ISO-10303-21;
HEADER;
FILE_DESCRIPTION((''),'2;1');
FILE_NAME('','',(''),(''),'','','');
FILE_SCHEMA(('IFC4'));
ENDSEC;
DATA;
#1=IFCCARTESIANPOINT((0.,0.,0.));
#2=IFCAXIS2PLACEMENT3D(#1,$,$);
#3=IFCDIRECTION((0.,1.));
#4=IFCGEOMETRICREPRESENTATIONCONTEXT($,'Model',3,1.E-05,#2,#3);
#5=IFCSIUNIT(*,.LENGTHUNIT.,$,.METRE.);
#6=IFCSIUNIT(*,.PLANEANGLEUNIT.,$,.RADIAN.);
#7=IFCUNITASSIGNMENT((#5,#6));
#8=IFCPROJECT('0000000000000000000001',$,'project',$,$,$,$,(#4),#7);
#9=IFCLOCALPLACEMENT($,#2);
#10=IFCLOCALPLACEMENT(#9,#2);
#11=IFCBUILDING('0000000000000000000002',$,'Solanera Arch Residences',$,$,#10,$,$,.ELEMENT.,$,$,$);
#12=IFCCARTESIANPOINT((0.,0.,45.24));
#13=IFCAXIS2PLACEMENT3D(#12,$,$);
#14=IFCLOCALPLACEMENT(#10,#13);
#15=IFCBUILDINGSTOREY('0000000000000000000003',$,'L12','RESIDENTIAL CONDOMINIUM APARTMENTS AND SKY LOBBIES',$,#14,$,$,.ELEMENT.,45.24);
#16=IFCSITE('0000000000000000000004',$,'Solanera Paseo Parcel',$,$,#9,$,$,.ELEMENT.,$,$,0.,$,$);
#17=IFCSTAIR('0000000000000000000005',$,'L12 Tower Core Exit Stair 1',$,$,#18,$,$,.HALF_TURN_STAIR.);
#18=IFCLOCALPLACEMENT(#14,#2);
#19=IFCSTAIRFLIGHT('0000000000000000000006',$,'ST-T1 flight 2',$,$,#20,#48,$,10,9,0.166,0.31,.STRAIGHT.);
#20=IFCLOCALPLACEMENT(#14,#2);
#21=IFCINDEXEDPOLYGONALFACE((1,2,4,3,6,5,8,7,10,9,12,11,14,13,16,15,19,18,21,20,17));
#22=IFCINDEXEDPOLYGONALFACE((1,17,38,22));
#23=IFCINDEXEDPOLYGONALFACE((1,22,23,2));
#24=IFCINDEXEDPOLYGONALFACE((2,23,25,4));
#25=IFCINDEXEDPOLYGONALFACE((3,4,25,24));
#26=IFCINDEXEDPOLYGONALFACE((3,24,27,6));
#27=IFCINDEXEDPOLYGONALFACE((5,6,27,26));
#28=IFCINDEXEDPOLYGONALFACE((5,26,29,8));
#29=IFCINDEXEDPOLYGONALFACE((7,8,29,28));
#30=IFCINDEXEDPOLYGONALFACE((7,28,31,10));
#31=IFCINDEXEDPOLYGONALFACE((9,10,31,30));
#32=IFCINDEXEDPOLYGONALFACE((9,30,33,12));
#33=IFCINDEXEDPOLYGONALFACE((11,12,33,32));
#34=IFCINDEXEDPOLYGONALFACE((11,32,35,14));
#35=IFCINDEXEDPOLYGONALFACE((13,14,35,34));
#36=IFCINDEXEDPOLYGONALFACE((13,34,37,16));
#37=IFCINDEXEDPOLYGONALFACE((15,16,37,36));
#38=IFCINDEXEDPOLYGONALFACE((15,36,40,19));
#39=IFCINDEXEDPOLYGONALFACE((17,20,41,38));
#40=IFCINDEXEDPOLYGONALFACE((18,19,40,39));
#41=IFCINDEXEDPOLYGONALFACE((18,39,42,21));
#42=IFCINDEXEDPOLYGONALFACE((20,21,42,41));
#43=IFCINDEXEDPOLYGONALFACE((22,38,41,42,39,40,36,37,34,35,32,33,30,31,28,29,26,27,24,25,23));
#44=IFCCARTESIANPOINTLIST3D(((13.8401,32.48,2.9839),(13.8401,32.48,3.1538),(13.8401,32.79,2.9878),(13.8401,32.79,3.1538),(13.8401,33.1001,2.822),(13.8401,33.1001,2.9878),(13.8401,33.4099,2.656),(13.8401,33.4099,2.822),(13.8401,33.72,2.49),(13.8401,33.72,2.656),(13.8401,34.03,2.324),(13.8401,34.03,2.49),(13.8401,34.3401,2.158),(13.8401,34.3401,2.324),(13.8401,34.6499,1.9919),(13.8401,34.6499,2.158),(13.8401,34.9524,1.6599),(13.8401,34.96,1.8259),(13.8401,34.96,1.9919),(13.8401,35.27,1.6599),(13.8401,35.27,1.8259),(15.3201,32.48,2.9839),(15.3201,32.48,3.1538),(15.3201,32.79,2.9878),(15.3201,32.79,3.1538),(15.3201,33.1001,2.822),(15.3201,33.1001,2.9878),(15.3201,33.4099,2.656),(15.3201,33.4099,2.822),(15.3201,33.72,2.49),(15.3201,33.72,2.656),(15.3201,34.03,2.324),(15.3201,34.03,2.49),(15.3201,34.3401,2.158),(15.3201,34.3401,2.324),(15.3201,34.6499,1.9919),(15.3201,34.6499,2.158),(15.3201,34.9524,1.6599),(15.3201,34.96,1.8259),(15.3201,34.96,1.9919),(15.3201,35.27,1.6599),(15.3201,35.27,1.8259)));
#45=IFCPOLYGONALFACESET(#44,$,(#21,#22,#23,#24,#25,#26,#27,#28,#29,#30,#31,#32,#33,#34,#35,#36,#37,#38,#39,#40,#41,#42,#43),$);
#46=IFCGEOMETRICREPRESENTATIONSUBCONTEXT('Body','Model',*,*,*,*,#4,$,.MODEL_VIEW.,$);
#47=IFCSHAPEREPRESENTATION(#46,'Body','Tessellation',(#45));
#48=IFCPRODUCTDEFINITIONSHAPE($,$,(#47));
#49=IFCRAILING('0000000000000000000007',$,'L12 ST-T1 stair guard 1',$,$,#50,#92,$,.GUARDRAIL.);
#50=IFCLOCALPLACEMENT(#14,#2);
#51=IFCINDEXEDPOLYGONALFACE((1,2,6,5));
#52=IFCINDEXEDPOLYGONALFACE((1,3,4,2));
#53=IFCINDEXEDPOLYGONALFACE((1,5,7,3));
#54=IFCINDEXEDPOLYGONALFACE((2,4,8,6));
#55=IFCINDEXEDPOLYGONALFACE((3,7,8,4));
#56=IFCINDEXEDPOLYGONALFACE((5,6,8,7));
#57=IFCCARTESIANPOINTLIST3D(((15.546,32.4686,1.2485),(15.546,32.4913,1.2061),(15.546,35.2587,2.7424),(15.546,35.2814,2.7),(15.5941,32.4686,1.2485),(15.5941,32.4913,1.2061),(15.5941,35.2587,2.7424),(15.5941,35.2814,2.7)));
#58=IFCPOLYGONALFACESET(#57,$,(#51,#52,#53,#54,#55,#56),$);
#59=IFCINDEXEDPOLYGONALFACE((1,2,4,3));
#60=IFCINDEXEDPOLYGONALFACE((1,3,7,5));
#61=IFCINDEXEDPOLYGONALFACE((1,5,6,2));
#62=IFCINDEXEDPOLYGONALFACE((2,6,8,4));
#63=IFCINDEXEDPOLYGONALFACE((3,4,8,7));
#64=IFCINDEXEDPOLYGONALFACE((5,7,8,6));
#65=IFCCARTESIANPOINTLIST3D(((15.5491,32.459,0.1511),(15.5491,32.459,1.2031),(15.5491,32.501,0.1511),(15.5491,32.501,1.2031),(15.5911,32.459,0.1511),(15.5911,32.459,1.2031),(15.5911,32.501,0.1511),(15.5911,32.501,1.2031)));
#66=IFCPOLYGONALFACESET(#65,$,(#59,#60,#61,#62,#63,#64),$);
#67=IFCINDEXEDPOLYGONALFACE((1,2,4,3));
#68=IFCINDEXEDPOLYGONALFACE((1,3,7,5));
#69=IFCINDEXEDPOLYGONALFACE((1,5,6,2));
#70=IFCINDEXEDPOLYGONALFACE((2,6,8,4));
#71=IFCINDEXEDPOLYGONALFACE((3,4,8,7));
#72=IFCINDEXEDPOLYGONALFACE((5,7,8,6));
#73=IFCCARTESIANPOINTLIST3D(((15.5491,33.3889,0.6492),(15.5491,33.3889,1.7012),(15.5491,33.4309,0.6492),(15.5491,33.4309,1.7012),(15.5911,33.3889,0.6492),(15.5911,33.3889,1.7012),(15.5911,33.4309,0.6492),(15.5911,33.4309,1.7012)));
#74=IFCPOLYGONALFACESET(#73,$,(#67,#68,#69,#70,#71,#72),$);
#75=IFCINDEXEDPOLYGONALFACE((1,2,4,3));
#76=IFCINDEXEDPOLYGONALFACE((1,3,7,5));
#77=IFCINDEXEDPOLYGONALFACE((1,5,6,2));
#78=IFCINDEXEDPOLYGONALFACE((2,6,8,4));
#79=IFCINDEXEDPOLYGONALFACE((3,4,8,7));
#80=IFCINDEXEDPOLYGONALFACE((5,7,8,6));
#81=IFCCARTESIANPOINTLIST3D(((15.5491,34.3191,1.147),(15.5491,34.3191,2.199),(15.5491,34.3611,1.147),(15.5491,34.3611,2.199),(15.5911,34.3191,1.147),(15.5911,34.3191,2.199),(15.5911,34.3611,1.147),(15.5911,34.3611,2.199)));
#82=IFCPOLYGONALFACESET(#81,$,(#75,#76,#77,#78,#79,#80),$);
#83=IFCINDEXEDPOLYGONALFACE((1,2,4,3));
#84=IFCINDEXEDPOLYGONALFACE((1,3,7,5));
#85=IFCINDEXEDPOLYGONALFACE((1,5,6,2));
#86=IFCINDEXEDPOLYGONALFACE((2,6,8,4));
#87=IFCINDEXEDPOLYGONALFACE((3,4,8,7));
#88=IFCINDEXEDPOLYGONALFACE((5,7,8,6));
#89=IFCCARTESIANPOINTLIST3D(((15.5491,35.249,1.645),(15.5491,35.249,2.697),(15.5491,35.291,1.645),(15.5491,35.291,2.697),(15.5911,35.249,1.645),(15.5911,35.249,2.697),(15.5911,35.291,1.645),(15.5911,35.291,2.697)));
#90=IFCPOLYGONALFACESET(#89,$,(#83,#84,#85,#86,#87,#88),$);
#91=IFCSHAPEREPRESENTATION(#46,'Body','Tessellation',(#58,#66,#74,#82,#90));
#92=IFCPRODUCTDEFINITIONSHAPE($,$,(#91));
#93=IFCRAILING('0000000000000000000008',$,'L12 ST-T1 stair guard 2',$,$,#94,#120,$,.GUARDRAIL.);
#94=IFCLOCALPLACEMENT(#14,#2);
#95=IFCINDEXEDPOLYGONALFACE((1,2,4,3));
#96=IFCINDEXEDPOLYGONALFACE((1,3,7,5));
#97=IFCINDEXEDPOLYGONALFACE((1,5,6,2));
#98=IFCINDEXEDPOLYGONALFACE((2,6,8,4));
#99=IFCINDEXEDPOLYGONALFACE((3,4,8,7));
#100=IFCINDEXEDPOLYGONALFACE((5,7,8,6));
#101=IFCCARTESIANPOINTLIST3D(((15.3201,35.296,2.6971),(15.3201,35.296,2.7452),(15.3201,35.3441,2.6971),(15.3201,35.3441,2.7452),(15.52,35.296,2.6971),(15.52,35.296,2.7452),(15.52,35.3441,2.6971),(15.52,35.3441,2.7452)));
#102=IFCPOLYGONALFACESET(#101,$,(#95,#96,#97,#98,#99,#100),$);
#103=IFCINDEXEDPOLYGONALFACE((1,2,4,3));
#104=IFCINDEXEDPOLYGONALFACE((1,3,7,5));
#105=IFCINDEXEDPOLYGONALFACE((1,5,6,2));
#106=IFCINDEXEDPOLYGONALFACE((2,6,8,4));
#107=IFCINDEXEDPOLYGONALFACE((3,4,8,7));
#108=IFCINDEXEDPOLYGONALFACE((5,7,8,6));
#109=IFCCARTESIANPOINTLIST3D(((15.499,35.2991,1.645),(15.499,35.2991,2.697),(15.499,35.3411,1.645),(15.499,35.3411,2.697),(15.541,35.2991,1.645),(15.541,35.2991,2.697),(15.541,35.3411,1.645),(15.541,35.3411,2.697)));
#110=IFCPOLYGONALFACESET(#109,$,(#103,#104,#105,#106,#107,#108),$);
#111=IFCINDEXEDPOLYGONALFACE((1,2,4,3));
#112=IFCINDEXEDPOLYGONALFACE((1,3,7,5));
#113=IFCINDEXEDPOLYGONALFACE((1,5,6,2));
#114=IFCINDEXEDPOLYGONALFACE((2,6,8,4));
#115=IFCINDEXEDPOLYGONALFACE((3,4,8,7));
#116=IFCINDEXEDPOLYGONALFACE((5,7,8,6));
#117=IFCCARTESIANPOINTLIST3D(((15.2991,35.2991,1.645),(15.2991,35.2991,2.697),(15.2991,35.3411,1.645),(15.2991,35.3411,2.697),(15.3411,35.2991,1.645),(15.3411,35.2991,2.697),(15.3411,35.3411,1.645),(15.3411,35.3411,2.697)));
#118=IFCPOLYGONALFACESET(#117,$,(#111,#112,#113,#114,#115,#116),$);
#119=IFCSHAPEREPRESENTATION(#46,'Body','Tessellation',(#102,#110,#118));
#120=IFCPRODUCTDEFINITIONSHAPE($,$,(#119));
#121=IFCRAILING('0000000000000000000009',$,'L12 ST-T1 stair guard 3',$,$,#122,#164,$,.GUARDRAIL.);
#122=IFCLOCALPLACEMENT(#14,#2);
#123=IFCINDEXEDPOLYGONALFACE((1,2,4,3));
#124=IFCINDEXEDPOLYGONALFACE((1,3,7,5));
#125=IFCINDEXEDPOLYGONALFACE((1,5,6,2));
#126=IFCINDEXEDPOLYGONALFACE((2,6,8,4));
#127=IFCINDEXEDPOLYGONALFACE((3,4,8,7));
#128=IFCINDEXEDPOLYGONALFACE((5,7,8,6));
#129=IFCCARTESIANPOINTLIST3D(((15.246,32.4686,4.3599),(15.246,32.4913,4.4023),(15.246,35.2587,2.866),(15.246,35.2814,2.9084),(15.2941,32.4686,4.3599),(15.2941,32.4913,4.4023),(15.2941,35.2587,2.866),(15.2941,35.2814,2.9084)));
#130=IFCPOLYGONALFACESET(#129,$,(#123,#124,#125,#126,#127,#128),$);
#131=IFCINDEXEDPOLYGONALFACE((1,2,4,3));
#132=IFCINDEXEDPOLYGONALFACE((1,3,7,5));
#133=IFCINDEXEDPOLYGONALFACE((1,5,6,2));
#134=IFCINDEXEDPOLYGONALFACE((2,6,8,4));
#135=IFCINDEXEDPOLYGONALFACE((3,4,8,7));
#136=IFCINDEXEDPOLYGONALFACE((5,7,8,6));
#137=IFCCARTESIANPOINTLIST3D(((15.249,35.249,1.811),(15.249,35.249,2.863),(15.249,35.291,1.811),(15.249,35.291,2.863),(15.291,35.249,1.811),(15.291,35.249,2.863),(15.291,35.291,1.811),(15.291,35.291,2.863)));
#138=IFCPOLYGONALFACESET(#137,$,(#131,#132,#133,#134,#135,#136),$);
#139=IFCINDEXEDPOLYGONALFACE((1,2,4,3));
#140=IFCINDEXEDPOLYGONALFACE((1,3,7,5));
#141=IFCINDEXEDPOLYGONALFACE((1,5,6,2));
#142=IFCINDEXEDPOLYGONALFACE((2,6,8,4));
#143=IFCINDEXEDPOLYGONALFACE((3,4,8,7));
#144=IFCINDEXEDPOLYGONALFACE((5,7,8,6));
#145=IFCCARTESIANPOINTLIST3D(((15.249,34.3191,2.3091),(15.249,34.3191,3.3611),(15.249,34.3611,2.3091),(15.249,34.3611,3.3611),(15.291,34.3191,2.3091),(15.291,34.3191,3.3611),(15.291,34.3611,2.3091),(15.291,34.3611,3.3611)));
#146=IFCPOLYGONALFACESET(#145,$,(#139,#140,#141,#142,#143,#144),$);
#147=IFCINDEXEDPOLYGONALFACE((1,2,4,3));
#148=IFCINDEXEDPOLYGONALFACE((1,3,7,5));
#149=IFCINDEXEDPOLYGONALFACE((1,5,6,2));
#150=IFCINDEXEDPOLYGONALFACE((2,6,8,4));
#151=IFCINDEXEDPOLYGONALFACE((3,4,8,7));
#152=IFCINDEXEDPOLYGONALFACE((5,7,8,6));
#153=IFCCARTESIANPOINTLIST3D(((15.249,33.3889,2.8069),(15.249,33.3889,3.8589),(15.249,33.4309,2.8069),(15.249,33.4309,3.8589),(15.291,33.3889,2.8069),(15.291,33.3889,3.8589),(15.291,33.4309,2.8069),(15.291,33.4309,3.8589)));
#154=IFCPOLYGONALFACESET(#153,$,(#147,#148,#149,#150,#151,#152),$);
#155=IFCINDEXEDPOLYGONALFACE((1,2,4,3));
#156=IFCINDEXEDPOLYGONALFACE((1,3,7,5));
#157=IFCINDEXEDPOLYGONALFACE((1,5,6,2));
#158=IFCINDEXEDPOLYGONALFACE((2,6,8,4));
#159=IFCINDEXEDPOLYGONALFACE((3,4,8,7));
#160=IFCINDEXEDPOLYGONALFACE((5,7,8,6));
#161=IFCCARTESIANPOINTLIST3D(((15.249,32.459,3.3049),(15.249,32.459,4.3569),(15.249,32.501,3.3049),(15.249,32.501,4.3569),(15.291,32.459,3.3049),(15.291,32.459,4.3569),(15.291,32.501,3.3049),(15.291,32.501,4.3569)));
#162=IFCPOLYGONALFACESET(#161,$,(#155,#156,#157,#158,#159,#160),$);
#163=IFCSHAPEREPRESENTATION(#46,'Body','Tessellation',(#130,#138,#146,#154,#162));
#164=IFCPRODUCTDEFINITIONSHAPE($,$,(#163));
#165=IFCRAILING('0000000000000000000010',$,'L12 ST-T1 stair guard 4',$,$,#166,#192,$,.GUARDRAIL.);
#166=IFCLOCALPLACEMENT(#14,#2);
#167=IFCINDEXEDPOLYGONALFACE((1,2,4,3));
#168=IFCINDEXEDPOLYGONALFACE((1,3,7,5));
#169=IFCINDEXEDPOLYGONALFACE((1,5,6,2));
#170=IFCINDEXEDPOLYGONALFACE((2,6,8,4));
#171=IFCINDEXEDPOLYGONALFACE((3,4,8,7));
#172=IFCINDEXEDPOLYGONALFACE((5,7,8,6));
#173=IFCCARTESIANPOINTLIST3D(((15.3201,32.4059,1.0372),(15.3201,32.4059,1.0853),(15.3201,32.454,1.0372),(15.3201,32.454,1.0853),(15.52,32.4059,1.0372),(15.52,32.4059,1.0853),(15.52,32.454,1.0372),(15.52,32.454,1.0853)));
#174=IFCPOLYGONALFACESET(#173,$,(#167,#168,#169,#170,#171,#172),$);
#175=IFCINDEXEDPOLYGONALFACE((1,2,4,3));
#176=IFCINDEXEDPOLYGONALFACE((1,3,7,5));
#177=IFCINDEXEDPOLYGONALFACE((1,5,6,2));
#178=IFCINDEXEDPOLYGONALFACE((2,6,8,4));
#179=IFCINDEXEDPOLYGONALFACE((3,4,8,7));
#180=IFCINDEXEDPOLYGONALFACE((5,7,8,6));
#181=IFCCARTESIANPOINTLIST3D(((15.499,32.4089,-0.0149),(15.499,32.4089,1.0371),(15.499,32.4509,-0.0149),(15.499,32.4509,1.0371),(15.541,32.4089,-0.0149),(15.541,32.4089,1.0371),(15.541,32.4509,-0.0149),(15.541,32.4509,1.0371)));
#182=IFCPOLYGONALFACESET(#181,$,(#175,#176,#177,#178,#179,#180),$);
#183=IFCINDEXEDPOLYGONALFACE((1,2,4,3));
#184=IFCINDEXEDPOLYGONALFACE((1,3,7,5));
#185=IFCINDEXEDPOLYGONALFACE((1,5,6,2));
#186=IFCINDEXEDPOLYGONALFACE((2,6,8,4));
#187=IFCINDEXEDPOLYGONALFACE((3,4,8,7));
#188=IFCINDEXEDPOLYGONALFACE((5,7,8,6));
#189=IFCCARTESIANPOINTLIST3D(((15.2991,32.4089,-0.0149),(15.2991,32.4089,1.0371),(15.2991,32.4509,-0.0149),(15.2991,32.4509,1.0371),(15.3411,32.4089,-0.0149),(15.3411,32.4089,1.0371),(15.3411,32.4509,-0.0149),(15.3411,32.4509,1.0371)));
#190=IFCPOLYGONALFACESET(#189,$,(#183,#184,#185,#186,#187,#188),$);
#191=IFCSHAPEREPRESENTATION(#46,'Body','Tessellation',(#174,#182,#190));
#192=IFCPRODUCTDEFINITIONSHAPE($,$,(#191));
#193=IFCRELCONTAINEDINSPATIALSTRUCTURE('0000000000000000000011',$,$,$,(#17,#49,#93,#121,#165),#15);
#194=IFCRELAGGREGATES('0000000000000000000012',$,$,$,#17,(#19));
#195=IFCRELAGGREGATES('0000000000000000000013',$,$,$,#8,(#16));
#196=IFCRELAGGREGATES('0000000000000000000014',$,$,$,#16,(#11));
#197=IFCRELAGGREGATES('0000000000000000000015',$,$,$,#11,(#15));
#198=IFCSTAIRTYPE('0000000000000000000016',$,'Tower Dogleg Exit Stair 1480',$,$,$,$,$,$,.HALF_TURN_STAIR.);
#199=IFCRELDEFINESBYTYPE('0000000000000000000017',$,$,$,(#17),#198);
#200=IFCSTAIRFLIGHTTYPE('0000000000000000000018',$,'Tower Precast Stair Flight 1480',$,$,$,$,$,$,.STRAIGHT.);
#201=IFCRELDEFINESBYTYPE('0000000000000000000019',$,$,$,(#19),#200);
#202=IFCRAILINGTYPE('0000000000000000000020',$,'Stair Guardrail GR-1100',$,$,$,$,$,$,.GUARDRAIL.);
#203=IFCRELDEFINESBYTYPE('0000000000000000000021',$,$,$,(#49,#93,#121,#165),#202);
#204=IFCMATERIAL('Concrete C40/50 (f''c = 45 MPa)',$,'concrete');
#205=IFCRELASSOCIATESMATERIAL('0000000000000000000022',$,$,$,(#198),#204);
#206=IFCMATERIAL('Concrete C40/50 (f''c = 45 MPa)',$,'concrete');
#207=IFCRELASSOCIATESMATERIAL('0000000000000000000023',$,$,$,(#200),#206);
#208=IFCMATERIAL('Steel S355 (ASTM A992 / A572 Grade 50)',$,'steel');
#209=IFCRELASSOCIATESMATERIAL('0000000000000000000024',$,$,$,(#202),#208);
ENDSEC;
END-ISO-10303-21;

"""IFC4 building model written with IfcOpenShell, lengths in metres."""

from ifc_helpers import new_model, si_unit, direction, frame, origin, origin_2d, place, context, subcontext, project, spatial, polyline, rectangle, outline, extrude, material, type_object, element, aggregate, save


model = new_model("IFC4")

# Units and contexts
model_context = context("Model", 3, precision=1e-05, world=origin(), true_north=direction((0.0, 1.0)))
body_context = subcontext(model_context, "Body", "Model", "MODEL_VIEW")
ifc_project = project(units=[si_unit("LENGTHUNIT", "METRE"), si_unit("PLANEANGLEUNIT", "RADIAN")], contexts=[model_context])

# Site, building, storey
site_placement = place(None, origin())
site = spatial("IfcSite", under=ifc_project, at=site_placement, Name="Solanera Paseo Parcel", CompositionType="ELEMENT", RefElevation=0.0)
building_placement = place(site_placement, origin())
building = spatial("IfcBuilding", under=site, at=building_placement, Name="Solanera Arch Residences", CompositionType="ELEMENT")
storey_placement = place(building_placement, frame((0.0, 0.0, 45.24)))
storey = spatial("IfcBuildingStorey", under=building, at=storey_placement, Name="L12", Description="RESIDENTIAL CONDOMINIUM APARTMENTS AND SKY LOBBIES", CompositionType="ELEMENT", Elevation=45.24)

# Stair, stair flight
ifc_material_1 = material(Name="Concrete C40/50 (f'c = 45 MPa)", Category="concrete")
stair_type = type_object("IfcStairType", Name="Tower Dogleg Exit Stair 1480", PredefinedType="HALF_TURN_STAIR", material=ifc_material_1)
stair_placement = place(storey_placement, origin())
stair = element("IfcStair", 1, at=stair_placement, inside=storey, type_object=stair_type, Name="L12 Tower Core Exit Stair 1", PredefinedType="HALF_TURN_STAIR")
ifc_material_2 = material(Name="Concrete C40/50 (f'c = 45 MPa)", Category="concrete")
stair_flight_type = type_object("IfcStairFlightType", Name="Tower Precast Stair Flight 1480", PredefinedType="STRAIGHT", material=ifc_material_2)
stair_flight_placement = place(storey_placement, frame((14.5801, 35.27, 1.6599), z_axis=(0.0, 0.0, 1.0), x_axis=(0.0, -1.0, 0.0)))
stair_flight = element("IfcStairFlight", 2, at=stair_flight_placement, type_object=stair_flight_type, Name="ST-T1 flight 2", NumberOfRisers=10, NumberOfTreads=9, PredefinedType="STRAIGHT", RiserHeight=0.166, TreadLength=0.31, context=body_context, shape_type="SweptSolid", body=[
    extrude(outline(polyline([(0.0, 0.0), (0.0, 0.166), (0.3101, 0.166), (0.3101, 0.332), (0.6201, 0.332), (0.6201, 0.498), (0.9299, 0.498), (0.9299, 0.6641), (1.24, 0.6641), (1.24, 0.8301), (1.55, 0.8301), (1.55, 0.9961), (1.8601, 0.9961), (1.8601, 1.1621), (2.1699, 1.1621), (2.1699, 1.3279), (2.48, 1.3279), (2.48, 1.4939), (2.79, 1.4939), (2.79, 1.6599), (2.79, 1.324), (0.3176, 0.0), (0.0, 0.0)])), frame((0.0, 0.74, 0.0), z_axis=(0.0, -1.0, 0.0), x_axis=(1.0, 0.0, 0.0)), (0.0, 0.0, 1.0), 1.48),
])
aggregate(stair, [stair_flight])

# Railings
ifc_material_3 = material(Name="Steel S355 (ASTM A992 / A572 Grade 50)", Category="steel")
railing_type_1 = type_object("IfcRailingType", Name="Stair Guardrail GR-1100", PredefinedType="GUARDRAIL", material=ifc_material_3)
railing_1_placement = place(storey_placement, frame((15.5701, 32.48, 0.1511)))
element("IfcRailing", 3, at=railing_1_placement, inside=storey, type_object=railing_type_1, Name="L12 ST-T1 stair guard 1", PredefinedType="GUARDRAIL", context=body_context, shape_type="SweptSolid", body=[
    extrude(rectangle(XDim=0.0481, YDim=0.0481, at=origin_2d()), frame((0.0, 0.0, 1.0762), z_axis=(0.0, 0.881581, 0.472033), x_axis=(-1.0, 0.0, 0.0)), (0.0, 0.0, 1.0), 3.1648),
    extrude(rectangle(XDim=0.042, YDim=0.042, at=origin_2d()), origin(), (0.0, 0.0, 1.0), 1.052),
    extrude(rectangle(XDim=0.042, YDim=0.042, at=origin_2d()), frame((0.0, 0.9299, 0.498)), (0.0, 0.0, 1.0), 1.052),
    extrude(rectangle(XDim=0.042, YDim=0.042, at=origin_2d()), frame((0.0, 1.8601, 0.9958)), (0.0, 0.0, 1.0), 1.052),
    extrude(rectangle(XDim=0.042, YDim=0.042, at=origin_2d()), frame((0.0, 2.79, 1.4939)), (0.0, 0.0, 1.0), 1.052),
])
railing_2_placement = place(storey_placement, frame((15.52, 35.3201, 1.645)))
element("IfcRailing", 4, at=railing_2_placement, inside=storey, type_object=railing_type_1, Name="L12 ST-T1 stair guard 2", PredefinedType="GUARDRAIL", context=body_context, shape_type="SweptSolid", body=[
    extrude(rectangle(XDim=0.0481, YDim=0.0481, at=origin_2d()), frame((0.0, 0.0, 1.0762), z_axis=(-1.0, 0.0, 0.0), x_axis=(0.0, -1.0, 0.0)), (0.0, 0.0, 1.0), 0.2),
    extrude(rectangle(XDim=0.042, YDim=0.042, at=origin_2d()), origin(), (0.0, 0.0, 1.0), 1.052),
    extrude(rectangle(XDim=0.042, YDim=0.042, at=origin_2d()), frame((-0.2, 0.0, 0.0)), (0.0, 0.0, 1.0), 1.052),
])
railing_3_placement = place(storey_placement, frame((15.27, 35.27, 1.811)))
element("IfcRailing", 5, at=railing_3_placement, inside=storey, type_object=railing_type_1, Name="L12 ST-T1 stair guard 3", PredefinedType="GUARDRAIL", context=body_context, shape_type="SweptSolid", body=[
    extrude(rectangle(XDim=0.0481, YDim=0.0481, at=origin_2d()), frame((0.0, 0.0, 1.0762), z_axis=(0.0, -0.881581, 0.472033), x_axis=(1.0, 0.0, 0.0)), (0.0, 0.0, 1.0), 3.1648),
    extrude(rectangle(XDim=0.042, YDim=0.042, at=origin_2d()), origin(), (0.0, 0.0, 1.0), 1.052),
    extrude(rectangle(XDim=0.042, YDim=0.042, at=origin_2d()), frame((0.0, -0.9299, 0.498)), (0.0, 0.0, 1.0), 1.052),
    extrude(rectangle(XDim=0.042, YDim=0.042, at=origin_2d()), frame((0.0, -1.8601, 0.9958)), (0.0, 0.0, 1.0), 1.052),
    extrude(rectangle(XDim=0.042, YDim=0.042, at=origin_2d()), frame((0.0, -2.79, 1.4939)), (0.0, 0.0, 1.0), 1.052),
])
railing_4_placement = place(storey_placement, frame((15.52, 32.4299, -0.0149)))
element("IfcRailing", 6, at=railing_4_placement, inside=storey, type_object=railing_type_1, Name="L12 ST-T1 stair guard 4", PredefinedType="GUARDRAIL", context=body_context, shape_type="SweptSolid", body=[
    extrude(rectangle(XDim=0.0481, YDim=0.0481, at=origin_2d()), frame((0.0, 0.0, 1.0762), z_axis=(-1.0, 0.0, 0.0), x_axis=(0.0, -1.0, 0.0)), (0.0, 0.0, 1.0), 0.2),
    extrude(rectangle(XDim=0.042, YDim=0.042, at=origin_2d()), origin(), (0.0, 0.0, 1.0), 1.052),
    extrude(rectangle(XDim=0.042, YDim=0.042, at=origin_2d()), frame((-0.2, 0.0, 0.0)), (0.0, 0.0, 1.0), 1.052),
])

save(model, "model.ifc")
